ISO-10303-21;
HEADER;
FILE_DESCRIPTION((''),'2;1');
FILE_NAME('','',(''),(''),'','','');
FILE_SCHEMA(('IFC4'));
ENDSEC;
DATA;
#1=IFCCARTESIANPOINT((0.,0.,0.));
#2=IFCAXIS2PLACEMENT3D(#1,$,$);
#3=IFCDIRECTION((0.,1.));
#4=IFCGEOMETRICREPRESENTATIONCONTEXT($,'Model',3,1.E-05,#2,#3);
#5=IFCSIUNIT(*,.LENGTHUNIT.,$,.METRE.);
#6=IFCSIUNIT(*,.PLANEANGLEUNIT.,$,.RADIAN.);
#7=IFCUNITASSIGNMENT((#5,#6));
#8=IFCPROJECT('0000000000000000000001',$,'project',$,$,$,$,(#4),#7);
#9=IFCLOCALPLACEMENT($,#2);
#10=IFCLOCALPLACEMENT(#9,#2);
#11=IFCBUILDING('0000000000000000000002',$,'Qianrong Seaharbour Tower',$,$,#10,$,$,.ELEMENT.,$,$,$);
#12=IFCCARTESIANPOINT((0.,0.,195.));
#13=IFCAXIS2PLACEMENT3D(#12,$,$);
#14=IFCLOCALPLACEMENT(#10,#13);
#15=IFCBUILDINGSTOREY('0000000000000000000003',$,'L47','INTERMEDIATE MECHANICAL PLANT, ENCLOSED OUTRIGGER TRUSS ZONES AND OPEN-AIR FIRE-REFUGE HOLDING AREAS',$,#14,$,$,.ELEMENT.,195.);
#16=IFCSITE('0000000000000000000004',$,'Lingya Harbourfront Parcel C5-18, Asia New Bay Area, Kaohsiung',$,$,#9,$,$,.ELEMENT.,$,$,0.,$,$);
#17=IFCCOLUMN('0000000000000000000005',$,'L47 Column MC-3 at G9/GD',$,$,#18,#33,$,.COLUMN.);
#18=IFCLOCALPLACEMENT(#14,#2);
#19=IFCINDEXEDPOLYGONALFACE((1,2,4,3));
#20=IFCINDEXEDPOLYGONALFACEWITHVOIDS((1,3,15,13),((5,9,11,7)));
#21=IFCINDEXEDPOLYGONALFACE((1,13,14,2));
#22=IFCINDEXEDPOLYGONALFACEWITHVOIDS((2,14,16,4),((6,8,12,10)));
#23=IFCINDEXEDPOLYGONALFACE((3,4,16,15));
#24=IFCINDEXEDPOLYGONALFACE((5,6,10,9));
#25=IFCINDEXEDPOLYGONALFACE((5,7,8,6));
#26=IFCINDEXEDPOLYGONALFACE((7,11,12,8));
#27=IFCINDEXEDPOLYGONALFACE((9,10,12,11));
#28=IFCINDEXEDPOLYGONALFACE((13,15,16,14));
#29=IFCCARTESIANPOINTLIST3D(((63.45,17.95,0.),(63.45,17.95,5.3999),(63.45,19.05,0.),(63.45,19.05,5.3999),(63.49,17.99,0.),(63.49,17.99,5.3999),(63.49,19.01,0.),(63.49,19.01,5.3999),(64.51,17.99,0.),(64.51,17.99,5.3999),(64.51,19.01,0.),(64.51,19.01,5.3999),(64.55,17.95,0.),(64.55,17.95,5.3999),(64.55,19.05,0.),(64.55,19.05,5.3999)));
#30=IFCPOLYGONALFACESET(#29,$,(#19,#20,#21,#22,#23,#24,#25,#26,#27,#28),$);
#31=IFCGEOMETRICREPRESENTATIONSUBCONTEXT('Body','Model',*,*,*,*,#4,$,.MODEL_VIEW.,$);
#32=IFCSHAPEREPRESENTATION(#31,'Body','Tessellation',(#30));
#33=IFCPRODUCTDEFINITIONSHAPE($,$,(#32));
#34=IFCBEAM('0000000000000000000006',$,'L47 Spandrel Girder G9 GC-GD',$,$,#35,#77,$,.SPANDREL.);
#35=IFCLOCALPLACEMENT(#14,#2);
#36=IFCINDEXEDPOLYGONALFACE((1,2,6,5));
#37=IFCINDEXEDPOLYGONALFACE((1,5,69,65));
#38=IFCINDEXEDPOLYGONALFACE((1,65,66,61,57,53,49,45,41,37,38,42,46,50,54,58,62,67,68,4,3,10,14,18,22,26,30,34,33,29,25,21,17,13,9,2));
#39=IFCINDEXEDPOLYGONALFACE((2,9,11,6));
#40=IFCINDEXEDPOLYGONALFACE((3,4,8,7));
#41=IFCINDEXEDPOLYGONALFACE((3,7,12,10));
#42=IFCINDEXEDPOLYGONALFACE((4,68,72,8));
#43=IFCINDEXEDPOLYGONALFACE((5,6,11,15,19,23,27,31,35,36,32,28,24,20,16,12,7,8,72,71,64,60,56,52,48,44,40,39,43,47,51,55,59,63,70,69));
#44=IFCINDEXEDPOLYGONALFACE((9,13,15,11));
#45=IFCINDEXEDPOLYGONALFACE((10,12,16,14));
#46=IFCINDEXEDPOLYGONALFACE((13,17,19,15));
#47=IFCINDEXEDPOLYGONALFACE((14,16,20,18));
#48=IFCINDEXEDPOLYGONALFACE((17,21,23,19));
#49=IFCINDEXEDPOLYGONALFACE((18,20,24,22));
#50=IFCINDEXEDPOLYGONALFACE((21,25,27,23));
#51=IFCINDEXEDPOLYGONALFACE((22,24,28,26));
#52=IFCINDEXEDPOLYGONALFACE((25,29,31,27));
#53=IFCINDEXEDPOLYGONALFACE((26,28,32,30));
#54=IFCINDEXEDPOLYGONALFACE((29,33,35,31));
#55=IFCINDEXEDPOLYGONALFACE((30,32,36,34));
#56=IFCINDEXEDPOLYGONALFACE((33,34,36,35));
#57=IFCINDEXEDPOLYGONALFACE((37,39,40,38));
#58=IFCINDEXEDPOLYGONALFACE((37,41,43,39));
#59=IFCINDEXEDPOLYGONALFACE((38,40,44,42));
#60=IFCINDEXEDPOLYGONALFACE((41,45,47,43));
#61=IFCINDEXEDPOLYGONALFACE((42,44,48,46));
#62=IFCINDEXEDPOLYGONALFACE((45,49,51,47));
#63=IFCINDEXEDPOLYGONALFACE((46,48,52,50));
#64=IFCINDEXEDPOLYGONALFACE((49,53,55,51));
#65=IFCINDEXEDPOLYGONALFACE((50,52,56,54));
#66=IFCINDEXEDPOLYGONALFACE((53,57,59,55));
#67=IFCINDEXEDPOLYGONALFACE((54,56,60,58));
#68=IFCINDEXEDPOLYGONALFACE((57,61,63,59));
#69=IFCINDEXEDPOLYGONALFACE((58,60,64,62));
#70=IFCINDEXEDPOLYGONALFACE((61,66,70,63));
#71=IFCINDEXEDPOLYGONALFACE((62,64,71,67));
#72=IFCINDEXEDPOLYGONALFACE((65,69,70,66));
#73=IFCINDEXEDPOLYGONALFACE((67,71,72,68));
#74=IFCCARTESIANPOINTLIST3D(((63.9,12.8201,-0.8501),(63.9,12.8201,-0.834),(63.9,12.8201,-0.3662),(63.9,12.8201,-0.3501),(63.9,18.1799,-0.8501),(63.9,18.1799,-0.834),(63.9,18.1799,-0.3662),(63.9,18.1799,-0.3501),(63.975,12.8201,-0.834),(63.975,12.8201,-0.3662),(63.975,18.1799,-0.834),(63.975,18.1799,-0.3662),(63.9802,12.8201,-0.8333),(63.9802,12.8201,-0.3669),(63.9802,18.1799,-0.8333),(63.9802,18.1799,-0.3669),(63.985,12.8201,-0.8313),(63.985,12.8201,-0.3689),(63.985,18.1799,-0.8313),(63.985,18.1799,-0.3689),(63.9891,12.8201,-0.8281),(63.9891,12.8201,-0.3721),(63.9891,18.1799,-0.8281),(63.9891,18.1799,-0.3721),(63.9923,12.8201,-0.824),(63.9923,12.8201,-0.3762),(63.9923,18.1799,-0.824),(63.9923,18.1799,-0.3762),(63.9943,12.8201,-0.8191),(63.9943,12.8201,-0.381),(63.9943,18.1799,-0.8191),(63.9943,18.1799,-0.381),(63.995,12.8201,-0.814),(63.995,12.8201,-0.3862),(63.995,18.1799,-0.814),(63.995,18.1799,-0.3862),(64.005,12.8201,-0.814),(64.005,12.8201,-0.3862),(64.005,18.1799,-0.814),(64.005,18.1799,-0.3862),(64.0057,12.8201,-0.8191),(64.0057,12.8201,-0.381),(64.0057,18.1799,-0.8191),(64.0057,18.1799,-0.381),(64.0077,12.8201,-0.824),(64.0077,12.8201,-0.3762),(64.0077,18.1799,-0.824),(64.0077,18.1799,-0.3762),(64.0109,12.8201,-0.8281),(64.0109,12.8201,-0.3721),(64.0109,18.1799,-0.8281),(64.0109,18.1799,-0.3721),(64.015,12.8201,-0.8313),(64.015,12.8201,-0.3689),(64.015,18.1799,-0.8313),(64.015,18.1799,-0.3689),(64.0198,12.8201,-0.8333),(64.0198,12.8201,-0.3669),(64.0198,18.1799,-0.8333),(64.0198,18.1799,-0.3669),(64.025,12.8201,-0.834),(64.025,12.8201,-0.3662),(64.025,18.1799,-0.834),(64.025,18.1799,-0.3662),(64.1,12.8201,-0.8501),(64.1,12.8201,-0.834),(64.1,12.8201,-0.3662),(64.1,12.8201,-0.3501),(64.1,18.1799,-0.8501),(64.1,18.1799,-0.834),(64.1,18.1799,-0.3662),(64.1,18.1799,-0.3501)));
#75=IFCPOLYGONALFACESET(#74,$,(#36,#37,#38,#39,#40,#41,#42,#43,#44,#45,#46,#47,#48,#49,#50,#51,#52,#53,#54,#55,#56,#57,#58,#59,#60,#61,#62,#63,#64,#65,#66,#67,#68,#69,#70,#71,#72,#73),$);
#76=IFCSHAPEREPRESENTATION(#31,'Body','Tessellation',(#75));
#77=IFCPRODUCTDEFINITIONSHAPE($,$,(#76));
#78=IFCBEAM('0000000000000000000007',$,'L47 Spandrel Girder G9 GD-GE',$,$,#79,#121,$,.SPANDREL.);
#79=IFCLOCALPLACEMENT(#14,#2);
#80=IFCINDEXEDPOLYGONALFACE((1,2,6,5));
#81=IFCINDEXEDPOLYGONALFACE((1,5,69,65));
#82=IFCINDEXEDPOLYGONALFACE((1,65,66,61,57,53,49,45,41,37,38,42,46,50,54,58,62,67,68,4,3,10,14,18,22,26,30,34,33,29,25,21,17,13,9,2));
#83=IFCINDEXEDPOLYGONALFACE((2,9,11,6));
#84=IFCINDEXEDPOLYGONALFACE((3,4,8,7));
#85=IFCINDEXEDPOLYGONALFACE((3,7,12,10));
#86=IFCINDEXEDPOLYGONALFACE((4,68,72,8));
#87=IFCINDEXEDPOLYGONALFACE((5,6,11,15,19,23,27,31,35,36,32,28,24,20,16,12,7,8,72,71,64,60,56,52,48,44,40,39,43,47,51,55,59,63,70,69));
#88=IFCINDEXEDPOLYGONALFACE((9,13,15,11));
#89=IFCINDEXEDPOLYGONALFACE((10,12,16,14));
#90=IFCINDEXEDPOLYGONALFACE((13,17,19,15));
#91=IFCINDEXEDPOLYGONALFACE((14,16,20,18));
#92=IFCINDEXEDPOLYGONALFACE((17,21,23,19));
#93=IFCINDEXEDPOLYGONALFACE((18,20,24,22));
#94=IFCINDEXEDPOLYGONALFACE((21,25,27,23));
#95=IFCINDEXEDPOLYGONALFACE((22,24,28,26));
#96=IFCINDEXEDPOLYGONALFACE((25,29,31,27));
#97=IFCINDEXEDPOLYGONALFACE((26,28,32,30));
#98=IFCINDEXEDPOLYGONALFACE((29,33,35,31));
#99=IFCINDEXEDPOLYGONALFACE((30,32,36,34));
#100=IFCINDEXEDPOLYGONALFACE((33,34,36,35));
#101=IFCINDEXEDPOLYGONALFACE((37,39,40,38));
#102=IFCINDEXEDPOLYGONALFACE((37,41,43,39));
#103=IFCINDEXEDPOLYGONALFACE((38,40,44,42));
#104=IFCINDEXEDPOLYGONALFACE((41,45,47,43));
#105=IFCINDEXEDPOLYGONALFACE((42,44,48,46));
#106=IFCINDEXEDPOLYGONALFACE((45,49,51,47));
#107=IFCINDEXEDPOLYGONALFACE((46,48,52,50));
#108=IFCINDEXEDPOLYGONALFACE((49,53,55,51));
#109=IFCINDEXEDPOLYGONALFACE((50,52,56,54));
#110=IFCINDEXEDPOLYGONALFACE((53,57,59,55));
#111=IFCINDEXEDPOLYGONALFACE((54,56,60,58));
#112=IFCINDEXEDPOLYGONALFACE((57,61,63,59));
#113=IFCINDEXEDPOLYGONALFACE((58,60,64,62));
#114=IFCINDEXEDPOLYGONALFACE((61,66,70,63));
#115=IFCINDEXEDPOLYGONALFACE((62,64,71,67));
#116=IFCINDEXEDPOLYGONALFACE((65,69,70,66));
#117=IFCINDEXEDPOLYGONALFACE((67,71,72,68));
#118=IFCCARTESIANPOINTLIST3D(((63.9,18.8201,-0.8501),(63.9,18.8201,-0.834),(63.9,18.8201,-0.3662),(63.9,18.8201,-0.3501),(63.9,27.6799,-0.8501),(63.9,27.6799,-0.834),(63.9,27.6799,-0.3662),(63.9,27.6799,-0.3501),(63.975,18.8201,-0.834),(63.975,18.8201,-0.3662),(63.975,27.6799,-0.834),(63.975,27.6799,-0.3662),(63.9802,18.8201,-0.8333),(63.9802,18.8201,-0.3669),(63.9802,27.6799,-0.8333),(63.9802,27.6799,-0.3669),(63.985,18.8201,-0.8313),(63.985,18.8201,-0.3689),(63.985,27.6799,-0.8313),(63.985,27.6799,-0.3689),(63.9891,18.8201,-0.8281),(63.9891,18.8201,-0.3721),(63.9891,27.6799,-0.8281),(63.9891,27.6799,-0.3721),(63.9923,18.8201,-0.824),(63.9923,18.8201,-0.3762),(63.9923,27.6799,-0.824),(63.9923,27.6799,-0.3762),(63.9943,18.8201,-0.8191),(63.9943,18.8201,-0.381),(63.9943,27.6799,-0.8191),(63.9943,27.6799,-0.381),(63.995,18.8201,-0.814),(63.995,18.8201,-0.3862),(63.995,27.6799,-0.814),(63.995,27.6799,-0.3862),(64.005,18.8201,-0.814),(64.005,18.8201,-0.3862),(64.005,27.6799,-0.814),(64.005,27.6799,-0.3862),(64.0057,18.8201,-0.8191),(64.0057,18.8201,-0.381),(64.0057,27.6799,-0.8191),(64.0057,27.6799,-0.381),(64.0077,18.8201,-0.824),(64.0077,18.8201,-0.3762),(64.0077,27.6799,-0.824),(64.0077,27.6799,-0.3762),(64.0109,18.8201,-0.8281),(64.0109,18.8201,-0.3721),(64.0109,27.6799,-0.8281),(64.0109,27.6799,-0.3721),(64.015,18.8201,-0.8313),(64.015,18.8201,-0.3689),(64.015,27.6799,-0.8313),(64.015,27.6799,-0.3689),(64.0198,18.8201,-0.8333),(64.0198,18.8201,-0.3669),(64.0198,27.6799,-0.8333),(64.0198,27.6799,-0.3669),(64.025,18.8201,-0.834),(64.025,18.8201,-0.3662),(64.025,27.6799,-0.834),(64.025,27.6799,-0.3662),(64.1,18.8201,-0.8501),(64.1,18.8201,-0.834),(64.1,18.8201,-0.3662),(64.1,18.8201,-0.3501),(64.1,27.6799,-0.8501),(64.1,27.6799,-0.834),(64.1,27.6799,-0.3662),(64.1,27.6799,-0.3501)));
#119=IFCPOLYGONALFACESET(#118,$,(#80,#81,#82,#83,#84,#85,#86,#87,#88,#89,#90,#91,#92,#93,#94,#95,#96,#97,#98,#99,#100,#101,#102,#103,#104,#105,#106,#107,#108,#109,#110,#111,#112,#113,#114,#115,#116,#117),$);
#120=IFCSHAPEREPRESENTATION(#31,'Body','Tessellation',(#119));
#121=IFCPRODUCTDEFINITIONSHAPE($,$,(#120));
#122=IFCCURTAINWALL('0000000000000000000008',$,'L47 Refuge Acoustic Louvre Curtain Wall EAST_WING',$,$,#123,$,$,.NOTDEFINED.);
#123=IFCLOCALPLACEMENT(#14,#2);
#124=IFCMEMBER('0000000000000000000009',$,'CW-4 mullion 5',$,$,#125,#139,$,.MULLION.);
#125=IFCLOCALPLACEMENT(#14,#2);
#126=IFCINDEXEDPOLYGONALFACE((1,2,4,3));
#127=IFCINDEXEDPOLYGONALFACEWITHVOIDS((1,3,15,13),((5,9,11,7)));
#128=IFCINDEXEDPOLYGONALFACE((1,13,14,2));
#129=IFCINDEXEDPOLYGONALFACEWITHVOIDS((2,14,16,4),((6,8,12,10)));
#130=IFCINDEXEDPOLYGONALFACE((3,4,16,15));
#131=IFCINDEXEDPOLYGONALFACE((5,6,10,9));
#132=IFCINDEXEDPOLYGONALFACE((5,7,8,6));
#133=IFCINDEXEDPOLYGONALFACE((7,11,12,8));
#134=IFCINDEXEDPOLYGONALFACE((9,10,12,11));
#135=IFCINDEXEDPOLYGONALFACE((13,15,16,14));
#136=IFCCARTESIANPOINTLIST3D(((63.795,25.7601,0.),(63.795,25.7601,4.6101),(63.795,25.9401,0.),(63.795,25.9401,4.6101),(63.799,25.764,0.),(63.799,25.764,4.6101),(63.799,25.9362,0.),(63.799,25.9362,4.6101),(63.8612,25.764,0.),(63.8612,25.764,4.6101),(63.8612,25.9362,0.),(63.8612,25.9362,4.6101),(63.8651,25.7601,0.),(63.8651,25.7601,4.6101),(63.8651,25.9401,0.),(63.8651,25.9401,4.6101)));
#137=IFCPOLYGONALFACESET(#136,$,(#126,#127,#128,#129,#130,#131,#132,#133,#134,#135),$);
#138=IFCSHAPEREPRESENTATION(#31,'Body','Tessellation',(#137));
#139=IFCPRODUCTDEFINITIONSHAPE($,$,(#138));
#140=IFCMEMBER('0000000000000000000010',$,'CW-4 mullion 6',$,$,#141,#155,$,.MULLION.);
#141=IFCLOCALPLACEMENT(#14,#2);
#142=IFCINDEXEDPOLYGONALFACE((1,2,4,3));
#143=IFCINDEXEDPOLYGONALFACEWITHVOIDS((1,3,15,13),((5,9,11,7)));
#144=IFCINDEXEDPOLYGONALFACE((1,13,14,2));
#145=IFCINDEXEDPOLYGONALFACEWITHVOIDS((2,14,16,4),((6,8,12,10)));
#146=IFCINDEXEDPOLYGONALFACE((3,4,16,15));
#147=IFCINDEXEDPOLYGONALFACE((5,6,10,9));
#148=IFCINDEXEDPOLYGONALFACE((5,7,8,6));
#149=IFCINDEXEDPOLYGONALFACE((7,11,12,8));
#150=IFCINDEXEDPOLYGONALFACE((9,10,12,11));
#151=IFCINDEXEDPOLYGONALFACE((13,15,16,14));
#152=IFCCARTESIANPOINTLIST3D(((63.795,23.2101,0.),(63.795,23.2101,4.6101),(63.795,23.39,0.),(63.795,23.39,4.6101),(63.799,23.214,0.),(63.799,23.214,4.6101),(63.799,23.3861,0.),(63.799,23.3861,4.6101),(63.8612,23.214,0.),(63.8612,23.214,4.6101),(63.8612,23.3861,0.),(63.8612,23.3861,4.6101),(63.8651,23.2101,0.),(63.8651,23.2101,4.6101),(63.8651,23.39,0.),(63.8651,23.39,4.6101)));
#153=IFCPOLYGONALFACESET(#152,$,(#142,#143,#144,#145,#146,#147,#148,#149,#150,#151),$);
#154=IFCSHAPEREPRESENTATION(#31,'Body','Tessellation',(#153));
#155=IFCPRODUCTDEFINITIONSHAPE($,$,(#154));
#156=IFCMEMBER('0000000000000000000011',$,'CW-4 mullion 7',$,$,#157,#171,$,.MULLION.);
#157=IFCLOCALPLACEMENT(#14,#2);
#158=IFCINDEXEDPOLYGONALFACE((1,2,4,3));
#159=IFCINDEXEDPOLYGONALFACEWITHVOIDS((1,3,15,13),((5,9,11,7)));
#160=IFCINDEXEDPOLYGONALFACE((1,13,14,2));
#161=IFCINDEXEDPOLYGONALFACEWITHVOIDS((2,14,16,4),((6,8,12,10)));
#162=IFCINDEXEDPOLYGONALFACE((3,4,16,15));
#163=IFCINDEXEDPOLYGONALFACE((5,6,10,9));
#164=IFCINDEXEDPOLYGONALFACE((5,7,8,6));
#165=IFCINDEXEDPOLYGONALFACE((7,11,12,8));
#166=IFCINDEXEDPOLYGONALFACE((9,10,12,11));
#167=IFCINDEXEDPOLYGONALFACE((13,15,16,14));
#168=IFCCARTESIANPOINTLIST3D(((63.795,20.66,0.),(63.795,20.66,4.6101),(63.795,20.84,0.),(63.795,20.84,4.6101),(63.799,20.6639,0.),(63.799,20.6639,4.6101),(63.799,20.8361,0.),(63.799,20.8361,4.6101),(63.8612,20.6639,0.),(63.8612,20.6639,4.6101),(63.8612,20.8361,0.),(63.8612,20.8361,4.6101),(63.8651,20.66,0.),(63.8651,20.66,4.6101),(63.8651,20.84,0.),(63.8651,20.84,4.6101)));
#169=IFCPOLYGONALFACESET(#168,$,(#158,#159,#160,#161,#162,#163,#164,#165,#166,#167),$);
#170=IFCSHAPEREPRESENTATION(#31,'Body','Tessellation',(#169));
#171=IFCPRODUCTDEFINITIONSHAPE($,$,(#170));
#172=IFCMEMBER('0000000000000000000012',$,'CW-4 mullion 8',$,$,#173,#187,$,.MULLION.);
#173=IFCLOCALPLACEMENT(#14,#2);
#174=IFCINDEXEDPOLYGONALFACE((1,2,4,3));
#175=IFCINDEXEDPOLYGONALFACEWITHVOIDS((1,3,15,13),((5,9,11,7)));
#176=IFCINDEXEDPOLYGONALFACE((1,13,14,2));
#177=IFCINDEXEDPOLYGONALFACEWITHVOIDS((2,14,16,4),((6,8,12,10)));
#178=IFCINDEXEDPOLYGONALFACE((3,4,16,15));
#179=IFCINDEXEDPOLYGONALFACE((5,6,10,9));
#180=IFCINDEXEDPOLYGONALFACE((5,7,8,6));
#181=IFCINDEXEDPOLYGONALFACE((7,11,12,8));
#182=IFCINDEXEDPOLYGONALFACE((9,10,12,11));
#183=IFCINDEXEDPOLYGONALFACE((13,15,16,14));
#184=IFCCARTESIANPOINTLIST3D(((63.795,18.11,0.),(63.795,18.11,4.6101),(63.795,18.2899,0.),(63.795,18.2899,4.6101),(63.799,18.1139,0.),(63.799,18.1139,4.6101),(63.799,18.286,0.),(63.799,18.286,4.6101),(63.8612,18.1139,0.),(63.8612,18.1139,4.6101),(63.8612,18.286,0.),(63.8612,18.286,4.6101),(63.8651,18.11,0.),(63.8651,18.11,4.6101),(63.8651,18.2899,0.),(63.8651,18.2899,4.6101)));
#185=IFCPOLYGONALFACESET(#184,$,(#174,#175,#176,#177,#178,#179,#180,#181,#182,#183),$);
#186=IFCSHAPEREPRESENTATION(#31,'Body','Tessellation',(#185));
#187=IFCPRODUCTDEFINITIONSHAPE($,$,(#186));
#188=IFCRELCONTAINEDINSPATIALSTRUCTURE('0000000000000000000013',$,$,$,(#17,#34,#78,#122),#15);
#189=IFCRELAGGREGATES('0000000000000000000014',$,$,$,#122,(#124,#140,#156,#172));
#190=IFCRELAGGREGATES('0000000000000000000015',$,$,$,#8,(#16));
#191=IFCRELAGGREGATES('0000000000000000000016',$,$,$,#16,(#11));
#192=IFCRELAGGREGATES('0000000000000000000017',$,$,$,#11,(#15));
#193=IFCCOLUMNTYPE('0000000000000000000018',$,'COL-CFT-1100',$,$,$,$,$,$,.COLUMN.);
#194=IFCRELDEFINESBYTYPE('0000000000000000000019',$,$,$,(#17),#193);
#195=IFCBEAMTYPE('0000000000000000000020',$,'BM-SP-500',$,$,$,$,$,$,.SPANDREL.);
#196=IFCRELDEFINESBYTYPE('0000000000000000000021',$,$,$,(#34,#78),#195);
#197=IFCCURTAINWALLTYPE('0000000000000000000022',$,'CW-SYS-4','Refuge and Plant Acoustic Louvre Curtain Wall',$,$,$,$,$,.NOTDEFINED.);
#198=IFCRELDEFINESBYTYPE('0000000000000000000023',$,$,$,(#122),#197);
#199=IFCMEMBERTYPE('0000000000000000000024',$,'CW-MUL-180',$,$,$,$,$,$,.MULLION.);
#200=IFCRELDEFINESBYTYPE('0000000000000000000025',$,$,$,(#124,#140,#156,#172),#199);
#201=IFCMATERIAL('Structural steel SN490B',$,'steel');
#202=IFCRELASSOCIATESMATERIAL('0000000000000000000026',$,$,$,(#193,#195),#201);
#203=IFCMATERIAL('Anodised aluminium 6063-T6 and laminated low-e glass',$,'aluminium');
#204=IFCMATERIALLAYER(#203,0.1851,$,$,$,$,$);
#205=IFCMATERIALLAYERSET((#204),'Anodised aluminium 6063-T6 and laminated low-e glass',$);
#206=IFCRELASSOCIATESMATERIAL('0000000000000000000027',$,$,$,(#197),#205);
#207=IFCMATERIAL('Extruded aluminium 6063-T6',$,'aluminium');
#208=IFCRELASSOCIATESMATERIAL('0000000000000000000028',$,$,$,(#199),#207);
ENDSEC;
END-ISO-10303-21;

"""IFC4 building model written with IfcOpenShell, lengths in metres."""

from ifc_helpers import new_model, si_unit, direction, frame, origin, origin_2d, place, context, subcontext, project, spatial, hollow_rectangle, i_section, extrude, material, layer, layer_set, material_profile, profile_set, type_object, element, aggregate, save


model = new_model("IFC4")

# Units and contexts
model_context = context("Model", 3, precision=1e-05, world=origin(), true_north=direction((0.0, 1.0)))
body_context = subcontext(model_context, "Body", "Model", "MODEL_VIEW")
ifc_project = project(units=[si_unit("LENGTHUNIT", "METRE"), si_unit("PLANEANGLEUNIT", "RADIAN")], contexts=[model_context])

# Site, building, storey
site_placement = place(None, origin())
site = spatial("IfcSite", under=ifc_project, at=site_placement, Name="Lingya Harbourfront Parcel C5-18, Asia New Bay Area, Kaohsiung", CompositionType="ELEMENT", RefElevation=0.0)
building_placement = place(site_placement, origin())
building = spatial("IfcBuilding", under=site, at=building_placement, Name="Qianrong Seaharbour Tower", CompositionType="ELEMENT")
storey_placement = place(building_placement, frame((0.0, 0.0, 195.0)))
storey = spatial("IfcBuildingStorey", under=building, at=storey_placement, Name="L47", Description="INTERMEDIATE MECHANICAL PLANT, ENCLOSED OUTRIGGER TRUSS ZONES AND OPEN-AIR FIRE-REFUGE HOLDING AREAS", CompositionType="ELEMENT", Elevation=195.0)

# Column
ifc_material_1 = material(Name="Structural steel SN490B", Category="steel")
ifc_material_profile_1 = material_profile(ifc_material_1, hollow_rectangle(XDim=1.1001, YDim=1.1001, WallThickness=0.04, at=origin_2d()), Name="BOX1100x1100x40")
ifc_profile_set_1 = profile_set([ifc_material_profile_1], Name="Structural steel SN490B")
column_type = type_object("IfcColumnType", Name="COL-CFT-1100", PredefinedType="COLUMN", material=ifc_profile_set_1)
column_placement = place(storey_placement, frame((64.0, 18.5, 0.0), z_axis=(0.0, 0.0, 1.0), x_axis=(1.0, 0.0, 0.0)))
element("IfcColumn", 1, at=column_placement, inside=storey, type_object=column_type, Name="L47 Column MC-3 at G9/GD", PredefinedType="COLUMN", context=body_context, shape_type="SweptSolid", body=[
    extrude(hollow_rectangle(XDim=1.1001, YDim=1.1001, WallThickness=0.04, at=origin_2d()), origin(), (0.0, 0.0, 1.0), 5.3999),
])

# Beams
ifc_material_profile_2 = material_profile(ifc_material_1, i_section(OverallWidth=0.2, OverallDepth=0.5, WebThickness=0.01, FlangeThickness=0.0161, FilletRadius=0.02, at=origin_2d()), Name="H500x200x10x16")
ifc_profile_set_2 = profile_set([ifc_material_profile_2], Name="Structural steel SN490B")
beam_type = type_object("IfcBeamType", Name="BM-SP-500", PredefinedType="SPANDREL", material=ifc_profile_set_2)
beam_1_placement = place(storey_placement, frame((64.0, 12.8201, -0.6001), z_axis=(0.0, 1.0, 0.0), x_axis=(-1.0, 0.0, 0.0)))
element("IfcBeam", 2, at=beam_1_placement, inside=storey, type_object=beam_type, Name="L47 Spandrel Girder G9 GC-GD", PredefinedType="SPANDREL", context=body_context, shape_type="SweptSolid", body=[
    extrude(i_section(OverallWidth=0.2, OverallDepth=0.5, WebThickness=0.01, FlangeThickness=0.0161, FilletRadius=0.02, at=origin_2d()), origin(), (0.0, 0.0, 1.0), 5.3599),
])
beam_2_placement = place(storey_placement, frame((64.0, 18.8201, -0.6001), z_axis=(0.0, 1.0, 0.0), x_axis=(-1.0, 0.0, 0.0)))
element("IfcBeam", 3, at=beam_2_placement, inside=storey, type_object=beam_type, Name="L47 Spandrel Girder G9 GD-GE", PredefinedType="SPANDREL", context=body_context, shape_type="SweptSolid", body=[
    extrude(i_section(OverallWidth=0.2, OverallDepth=0.5, WebThickness=0.01, FlangeThickness=0.0161, FilletRadius=0.02, at=origin_2d()), origin(), (0.0, 0.0, 1.0), 8.8599),
])

# Curtain wall, members
ifc_material_2 = material(Name="Anodised aluminium 6063-T6 and laminated low-e glass", Category="aluminium")
ifc_layer_1 = layer(ifc_material_2, 0.1851)
ifc_layer_set_1 = layer_set([ifc_layer_1], Name="Anodised aluminium 6063-T6 and laminated low-e glass")
curtain_wall_type = type_object("IfcCurtainWallType", Name="CW-SYS-4", Description="Refuge and Plant Acoustic Louvre Curtain Wall", PredefinedType="NOTDEFINED", material=ifc_layer_set_1)
curtain_wall_placement = place(storey_placement, origin())
curtain_wall = element("IfcCurtainWall", 4, at=curtain_wall_placement, inside=storey, type_object=curtain_wall_type, Name="L47 Refuge Acoustic Louvre Curtain Wall EAST_WING", PredefinedType="NOTDEFINED")
ifc_material_3 = material(Name="Extruded aluminium 6063-T6", Category="aluminium")
ifc_material_profile_3 = material_profile(ifc_material_3, hollow_rectangle(XDim=0.0701, YDim=0.1799, WallThickness=0.0039, at=origin_2d()), Name="ALU-MUL-180x70x4")
ifc_profile_set_3 = profile_set([ifc_material_profile_3], Name="Extruded aluminium 6063-T6")
member_type_1 = type_object("IfcMemberType", Name="CW-MUL-180", PredefinedType="MULLION", material=ifc_profile_set_3)
member_1_placement = place(storey_placement, frame((63.8301, 25.8501, 0.0), z_axis=(0.0, 0.0, 1.0), x_axis=(1.0, 0.0, 0.0)))
member_1 = element("IfcMember", 5, at=member_1_placement, type_object=member_type_1, Name="CW-4 mullion 5", PredefinedType="MULLION", context=body_context, shape_type="SweptSolid", body=[
    extrude(hollow_rectangle(XDim=0.0701, YDim=0.1799, WallThickness=0.0039, at=origin_2d()), origin(), (0.0, 0.0, 1.0), 4.6101),
])
member_2_placement = place(storey_placement, frame((63.8301, 23.3, 0.0), z_axis=(0.0, 0.0, 1.0), x_axis=(1.0, 0.0, 0.0)))
member_2 = element("IfcMember", 6, at=member_2_placement, type_object=member_type_1, Name="CW-4 mullion 6", PredefinedType="MULLION", context=body_context, shape_type="SweptSolid", body=[
    extrude(hollow_rectangle(XDim=0.0701, YDim=0.1799, WallThickness=0.0039, at=origin_2d()), origin(), (0.0, 0.0, 1.0), 4.6101),
])
member_3_placement = place(storey_placement, frame((63.8301, 20.75, 0.0), z_axis=(0.0, 0.0, 1.0), x_axis=(1.0, 0.0, 0.0)))
member_3 = element("IfcMember", 7, at=member_3_placement, type_object=member_type_1, Name="CW-4 mullion 7", PredefinedType="MULLION", context=body_context, shape_type="SweptSolid", body=[
    extrude(hollow_rectangle(XDim=0.0701, YDim=0.1799, WallThickness=0.0039, at=origin_2d()), origin(), (0.0, 0.0, 1.0), 4.6101),
])
member_4_placement = place(storey_placement, frame((63.8301, 18.2, 0.0), z_axis=(0.0, 0.0, 1.0), x_axis=(1.0, 0.0, 0.0)))
member_4 = element("IfcMember", 8, at=member_4_placement, type_object=member_type_1, Name="CW-4 mullion 8", PredefinedType="MULLION", context=body_context, shape_type="SweptSolid", body=[
    extrude(hollow_rectangle(XDim=0.0701, YDim=0.1799, WallThickness=0.0039, at=origin_2d()), origin(), (0.0, 0.0, 1.0), 4.6101),
])
aggregate(curtain_wall, [member_1, member_2, member_3, member_4])

save(model, "model.ifc")
